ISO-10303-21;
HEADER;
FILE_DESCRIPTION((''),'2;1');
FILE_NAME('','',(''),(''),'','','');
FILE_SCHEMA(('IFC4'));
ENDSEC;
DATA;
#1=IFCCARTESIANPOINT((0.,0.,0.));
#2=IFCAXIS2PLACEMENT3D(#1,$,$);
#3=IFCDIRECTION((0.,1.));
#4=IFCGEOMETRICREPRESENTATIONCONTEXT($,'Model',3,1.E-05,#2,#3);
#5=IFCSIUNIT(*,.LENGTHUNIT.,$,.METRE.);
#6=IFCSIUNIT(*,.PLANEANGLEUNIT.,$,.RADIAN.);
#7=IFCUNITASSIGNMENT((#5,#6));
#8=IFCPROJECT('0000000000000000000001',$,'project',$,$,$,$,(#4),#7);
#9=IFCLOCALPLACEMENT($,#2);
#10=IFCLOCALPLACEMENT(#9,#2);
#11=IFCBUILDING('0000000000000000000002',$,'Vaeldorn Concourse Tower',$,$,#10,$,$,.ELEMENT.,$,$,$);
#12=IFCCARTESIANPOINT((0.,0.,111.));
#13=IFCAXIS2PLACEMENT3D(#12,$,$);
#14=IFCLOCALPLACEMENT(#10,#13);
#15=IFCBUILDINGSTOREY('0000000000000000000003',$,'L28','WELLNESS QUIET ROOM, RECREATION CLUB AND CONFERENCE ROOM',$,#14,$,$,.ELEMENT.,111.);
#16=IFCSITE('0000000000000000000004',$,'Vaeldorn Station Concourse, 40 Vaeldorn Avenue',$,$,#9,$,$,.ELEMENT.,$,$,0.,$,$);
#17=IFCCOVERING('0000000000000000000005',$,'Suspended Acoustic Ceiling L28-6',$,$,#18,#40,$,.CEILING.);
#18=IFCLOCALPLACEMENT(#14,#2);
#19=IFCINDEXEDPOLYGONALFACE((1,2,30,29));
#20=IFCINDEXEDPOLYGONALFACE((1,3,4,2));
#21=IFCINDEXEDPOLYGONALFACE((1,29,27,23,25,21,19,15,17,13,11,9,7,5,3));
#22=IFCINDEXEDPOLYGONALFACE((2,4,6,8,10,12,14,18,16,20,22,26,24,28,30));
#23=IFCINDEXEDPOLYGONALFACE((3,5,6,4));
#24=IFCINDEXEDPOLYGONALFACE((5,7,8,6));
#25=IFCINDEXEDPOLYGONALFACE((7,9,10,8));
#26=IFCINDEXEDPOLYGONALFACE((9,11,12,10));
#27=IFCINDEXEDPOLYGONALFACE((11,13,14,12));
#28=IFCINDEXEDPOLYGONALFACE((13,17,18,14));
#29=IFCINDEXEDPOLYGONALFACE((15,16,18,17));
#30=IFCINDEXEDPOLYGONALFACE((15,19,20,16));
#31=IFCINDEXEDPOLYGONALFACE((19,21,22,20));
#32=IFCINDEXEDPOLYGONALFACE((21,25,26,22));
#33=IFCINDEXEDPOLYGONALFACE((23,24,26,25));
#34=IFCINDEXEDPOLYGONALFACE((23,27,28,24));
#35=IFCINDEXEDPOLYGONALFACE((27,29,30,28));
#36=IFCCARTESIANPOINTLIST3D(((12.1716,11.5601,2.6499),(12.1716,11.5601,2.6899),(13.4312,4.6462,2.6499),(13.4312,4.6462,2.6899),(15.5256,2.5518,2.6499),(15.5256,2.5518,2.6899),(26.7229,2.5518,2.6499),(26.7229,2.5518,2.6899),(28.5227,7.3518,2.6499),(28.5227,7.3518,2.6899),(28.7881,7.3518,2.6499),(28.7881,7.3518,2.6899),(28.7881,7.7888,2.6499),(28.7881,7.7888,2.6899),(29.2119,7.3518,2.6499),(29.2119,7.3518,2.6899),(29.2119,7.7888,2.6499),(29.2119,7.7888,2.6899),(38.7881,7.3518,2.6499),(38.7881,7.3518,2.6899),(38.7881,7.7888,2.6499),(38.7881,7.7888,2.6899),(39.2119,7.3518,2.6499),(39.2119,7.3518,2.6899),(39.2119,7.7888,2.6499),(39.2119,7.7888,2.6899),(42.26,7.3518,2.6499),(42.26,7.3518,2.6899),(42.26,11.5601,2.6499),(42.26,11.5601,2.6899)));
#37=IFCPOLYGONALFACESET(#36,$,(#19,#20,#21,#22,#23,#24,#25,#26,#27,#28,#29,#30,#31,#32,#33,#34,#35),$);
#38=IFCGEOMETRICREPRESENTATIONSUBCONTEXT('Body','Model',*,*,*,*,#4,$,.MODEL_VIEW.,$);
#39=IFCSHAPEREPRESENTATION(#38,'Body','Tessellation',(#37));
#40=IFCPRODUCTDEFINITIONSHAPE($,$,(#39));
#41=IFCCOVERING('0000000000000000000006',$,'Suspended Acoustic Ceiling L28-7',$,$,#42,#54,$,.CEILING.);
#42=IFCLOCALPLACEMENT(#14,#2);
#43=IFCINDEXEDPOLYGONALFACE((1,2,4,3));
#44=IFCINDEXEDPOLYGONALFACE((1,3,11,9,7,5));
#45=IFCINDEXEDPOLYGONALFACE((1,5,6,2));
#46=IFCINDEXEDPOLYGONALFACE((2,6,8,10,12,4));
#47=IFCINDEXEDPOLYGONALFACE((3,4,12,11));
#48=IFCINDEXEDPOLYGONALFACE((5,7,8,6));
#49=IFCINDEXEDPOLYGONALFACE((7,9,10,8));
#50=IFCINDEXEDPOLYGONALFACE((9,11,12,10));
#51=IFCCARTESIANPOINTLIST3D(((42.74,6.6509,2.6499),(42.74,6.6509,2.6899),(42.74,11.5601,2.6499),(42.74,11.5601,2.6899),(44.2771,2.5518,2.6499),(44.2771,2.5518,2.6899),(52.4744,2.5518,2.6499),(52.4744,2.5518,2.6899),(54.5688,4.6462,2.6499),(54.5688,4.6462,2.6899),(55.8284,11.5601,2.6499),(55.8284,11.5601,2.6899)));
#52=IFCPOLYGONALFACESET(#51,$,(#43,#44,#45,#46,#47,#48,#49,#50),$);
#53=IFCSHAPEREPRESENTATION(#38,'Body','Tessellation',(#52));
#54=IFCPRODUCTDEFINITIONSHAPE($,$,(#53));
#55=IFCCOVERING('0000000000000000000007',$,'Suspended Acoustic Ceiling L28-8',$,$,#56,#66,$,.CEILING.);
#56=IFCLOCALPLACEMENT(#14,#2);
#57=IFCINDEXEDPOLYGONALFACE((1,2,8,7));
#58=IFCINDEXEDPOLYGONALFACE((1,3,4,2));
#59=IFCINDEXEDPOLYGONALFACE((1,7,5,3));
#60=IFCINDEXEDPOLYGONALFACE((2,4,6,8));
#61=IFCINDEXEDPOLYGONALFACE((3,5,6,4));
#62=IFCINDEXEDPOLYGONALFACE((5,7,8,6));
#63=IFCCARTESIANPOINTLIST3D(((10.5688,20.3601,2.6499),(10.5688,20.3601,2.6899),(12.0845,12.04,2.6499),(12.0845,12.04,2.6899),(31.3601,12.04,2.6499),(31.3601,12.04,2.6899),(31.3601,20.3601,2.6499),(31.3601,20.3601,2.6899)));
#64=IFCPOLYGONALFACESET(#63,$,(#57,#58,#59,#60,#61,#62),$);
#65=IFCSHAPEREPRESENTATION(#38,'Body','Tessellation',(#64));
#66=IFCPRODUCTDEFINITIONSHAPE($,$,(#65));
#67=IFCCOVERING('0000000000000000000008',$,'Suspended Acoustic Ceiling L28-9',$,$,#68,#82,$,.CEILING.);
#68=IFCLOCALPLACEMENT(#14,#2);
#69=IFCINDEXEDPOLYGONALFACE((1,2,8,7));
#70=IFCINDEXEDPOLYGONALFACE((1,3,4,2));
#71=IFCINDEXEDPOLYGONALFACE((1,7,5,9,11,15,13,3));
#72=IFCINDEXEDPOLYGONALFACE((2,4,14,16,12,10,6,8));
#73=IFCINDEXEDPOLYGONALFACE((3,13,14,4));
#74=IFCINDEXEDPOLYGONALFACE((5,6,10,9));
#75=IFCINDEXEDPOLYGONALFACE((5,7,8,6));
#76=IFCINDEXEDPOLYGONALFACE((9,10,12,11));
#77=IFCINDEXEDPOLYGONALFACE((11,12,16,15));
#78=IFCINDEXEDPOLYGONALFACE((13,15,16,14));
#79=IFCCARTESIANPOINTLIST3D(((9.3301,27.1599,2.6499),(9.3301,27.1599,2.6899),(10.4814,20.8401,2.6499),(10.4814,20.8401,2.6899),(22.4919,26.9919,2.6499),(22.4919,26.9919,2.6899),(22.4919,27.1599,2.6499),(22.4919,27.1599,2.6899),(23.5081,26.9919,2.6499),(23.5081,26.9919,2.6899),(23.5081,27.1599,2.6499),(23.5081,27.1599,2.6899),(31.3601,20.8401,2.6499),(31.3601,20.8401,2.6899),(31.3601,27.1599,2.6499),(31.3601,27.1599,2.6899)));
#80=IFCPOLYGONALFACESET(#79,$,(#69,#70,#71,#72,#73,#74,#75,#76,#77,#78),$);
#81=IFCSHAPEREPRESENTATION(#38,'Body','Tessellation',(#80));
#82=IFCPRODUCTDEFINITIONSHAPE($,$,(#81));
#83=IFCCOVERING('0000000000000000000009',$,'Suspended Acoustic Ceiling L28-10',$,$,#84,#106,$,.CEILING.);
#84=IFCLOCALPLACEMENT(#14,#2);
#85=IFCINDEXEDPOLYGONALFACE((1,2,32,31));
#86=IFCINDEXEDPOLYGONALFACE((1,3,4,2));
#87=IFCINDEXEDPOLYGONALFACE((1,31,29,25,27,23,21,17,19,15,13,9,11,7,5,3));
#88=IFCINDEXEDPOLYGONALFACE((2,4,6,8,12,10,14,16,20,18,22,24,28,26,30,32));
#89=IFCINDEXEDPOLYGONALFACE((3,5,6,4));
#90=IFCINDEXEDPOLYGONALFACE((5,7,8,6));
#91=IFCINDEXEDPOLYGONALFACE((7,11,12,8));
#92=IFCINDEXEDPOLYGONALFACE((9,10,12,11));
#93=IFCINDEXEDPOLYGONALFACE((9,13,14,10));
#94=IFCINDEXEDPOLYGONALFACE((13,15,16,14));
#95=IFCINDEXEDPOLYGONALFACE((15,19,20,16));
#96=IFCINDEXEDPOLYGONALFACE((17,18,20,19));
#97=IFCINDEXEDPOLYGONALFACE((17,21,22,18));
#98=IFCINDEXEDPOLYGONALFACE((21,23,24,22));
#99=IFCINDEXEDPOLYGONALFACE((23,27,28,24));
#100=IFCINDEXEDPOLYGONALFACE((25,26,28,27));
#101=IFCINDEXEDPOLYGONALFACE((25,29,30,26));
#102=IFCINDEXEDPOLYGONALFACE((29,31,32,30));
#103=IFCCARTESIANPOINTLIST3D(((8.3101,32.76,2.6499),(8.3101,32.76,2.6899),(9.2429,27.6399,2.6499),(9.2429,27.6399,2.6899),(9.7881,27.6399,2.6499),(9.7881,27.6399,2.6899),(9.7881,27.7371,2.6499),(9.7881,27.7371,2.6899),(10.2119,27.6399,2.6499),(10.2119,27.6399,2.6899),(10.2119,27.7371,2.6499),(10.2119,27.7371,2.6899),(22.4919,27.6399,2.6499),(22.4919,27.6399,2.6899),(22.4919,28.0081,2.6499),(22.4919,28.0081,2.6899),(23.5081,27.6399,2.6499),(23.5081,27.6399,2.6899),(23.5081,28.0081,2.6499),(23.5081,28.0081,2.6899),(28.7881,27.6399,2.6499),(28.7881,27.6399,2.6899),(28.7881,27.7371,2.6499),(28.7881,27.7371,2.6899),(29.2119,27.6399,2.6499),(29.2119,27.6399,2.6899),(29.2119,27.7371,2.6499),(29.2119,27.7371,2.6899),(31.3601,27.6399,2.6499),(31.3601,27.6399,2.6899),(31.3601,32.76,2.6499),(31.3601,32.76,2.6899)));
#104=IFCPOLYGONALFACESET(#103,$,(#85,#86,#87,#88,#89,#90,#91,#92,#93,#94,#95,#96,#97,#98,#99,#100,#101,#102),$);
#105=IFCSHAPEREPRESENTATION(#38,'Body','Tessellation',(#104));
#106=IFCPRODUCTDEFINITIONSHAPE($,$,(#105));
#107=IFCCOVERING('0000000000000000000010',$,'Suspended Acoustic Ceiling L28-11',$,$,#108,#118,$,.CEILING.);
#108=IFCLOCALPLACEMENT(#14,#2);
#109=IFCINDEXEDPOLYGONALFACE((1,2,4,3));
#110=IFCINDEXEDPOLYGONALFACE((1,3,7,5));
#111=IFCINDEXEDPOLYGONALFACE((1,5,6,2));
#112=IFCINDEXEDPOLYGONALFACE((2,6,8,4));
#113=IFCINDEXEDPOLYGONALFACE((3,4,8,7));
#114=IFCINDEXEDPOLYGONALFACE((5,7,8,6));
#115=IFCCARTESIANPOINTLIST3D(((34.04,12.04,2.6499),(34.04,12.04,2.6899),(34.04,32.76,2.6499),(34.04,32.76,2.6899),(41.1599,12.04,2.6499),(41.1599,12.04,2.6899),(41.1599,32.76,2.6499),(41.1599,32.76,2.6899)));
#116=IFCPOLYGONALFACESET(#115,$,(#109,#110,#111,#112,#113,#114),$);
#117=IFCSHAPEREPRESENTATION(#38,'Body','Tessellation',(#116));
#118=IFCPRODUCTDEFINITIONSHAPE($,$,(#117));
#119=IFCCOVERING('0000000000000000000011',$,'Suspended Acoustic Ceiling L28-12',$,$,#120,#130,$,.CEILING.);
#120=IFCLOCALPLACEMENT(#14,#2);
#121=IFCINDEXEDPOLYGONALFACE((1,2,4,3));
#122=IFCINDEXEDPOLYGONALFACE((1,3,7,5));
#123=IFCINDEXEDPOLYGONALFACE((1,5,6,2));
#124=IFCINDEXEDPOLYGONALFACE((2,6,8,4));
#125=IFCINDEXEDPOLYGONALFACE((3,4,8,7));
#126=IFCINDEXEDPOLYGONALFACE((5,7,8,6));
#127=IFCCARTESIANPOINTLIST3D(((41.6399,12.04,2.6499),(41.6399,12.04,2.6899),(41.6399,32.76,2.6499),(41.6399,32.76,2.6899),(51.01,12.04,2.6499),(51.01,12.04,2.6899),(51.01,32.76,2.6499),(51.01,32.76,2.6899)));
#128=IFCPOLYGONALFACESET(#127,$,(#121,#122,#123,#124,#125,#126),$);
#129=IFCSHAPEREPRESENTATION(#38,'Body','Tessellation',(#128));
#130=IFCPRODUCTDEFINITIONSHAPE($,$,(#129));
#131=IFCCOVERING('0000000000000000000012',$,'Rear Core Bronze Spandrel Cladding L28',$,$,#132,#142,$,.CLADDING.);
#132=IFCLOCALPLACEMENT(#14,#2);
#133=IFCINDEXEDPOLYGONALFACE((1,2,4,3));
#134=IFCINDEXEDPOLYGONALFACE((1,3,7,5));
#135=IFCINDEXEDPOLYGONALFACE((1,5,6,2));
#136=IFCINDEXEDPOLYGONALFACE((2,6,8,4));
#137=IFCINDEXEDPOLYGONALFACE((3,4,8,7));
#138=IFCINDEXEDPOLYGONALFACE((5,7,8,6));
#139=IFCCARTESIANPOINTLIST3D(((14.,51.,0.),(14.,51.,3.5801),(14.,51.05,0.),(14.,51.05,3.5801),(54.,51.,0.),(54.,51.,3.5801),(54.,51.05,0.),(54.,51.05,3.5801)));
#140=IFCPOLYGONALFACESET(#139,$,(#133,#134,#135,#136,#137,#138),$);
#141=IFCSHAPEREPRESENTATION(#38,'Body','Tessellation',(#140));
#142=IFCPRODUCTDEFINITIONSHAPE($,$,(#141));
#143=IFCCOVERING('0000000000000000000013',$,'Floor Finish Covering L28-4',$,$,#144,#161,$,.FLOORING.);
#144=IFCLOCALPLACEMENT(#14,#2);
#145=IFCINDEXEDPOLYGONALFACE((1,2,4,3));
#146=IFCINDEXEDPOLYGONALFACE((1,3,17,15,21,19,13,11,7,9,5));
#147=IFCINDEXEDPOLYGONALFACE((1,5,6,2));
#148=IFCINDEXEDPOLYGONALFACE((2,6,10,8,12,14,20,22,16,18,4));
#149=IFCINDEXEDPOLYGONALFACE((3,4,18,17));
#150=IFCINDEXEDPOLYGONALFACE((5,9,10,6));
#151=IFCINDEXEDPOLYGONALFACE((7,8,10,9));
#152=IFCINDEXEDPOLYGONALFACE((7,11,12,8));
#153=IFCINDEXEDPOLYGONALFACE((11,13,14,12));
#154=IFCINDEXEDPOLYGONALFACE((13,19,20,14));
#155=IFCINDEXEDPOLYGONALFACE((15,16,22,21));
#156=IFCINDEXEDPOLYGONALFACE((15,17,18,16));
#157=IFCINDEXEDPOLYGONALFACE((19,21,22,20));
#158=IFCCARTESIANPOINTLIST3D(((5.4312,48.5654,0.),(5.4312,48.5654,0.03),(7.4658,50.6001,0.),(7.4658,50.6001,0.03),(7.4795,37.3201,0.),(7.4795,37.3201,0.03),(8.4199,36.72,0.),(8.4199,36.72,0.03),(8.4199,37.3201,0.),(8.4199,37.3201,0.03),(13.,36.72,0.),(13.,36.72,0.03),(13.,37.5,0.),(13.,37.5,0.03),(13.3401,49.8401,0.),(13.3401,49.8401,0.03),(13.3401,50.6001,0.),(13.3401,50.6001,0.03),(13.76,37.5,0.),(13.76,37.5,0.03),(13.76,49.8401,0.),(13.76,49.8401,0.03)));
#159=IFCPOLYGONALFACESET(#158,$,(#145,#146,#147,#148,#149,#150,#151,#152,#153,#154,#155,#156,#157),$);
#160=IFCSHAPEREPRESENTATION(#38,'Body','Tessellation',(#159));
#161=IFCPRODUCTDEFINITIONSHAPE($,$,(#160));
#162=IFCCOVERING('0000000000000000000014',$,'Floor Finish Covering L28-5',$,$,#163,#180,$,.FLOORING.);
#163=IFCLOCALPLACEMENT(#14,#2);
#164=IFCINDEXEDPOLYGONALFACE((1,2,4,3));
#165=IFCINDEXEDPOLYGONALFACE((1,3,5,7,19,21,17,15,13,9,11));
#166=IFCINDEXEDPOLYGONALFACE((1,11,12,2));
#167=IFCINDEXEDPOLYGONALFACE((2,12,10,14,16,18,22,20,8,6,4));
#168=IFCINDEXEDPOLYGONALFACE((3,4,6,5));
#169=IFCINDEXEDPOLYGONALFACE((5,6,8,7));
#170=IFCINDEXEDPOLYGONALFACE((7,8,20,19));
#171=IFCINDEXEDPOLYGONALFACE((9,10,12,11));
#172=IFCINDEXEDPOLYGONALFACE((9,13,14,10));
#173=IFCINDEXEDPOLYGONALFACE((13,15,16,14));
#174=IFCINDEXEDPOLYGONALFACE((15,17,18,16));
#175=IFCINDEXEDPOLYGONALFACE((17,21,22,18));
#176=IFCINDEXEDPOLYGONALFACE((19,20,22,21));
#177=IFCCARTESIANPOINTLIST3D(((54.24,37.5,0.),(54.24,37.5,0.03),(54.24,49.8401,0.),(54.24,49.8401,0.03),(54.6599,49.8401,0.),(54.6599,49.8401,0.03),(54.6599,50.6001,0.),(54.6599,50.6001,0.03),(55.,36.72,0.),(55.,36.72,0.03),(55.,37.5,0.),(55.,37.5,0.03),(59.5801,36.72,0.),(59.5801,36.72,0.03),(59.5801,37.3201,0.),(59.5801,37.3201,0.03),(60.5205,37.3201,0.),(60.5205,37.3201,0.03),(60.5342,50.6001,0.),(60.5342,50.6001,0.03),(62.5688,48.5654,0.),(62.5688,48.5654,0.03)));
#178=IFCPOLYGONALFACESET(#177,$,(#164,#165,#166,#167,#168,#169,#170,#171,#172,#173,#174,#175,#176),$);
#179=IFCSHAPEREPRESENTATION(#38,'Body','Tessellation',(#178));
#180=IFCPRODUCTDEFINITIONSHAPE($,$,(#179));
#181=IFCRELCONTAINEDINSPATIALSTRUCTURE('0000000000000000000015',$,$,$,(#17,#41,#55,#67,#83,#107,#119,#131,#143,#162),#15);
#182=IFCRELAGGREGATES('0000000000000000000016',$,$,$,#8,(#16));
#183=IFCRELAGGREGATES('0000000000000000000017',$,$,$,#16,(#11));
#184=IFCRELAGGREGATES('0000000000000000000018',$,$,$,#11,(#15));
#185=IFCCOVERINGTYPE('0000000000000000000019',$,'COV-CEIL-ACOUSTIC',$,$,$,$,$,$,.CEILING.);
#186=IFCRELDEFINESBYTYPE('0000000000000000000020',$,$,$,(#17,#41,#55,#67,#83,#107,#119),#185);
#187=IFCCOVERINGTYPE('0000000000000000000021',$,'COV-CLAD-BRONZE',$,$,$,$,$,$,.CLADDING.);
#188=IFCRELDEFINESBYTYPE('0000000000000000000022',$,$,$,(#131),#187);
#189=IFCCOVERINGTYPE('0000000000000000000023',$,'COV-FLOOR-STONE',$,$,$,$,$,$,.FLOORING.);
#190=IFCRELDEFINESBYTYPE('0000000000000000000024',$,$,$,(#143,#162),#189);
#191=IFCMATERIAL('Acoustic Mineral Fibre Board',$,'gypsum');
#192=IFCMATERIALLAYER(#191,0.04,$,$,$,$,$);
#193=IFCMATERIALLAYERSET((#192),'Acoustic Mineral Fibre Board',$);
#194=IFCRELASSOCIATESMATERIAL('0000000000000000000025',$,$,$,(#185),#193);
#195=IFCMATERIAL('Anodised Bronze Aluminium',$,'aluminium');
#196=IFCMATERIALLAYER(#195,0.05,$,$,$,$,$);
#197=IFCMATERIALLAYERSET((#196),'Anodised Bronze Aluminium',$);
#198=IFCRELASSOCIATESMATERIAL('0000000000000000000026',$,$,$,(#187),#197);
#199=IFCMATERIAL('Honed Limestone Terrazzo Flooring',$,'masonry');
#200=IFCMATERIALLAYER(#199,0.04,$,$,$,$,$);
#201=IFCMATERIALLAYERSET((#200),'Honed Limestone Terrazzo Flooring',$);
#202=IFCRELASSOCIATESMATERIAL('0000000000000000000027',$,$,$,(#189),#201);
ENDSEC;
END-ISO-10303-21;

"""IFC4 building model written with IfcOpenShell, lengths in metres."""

from ifc_helpers import new_model, si_unit, direction, frame, origin, place, context, subcontext, project, spatial, polyline, outline, extrude, material, layer, layer_set, type_object, element, save


model = new_model("IFC4")

# Units and contexts
model_context = context("Model", 3, precision=1e-05, world=origin(), true_north=direction((0.0, 1.0)))
body_context = subcontext(model_context, "Body", "Model", "MODEL_VIEW")
ifc_project = project(units=[si_unit("LENGTHUNIT", "METRE"), si_unit("PLANEANGLEUNIT", "RADIAN")], contexts=[model_context])

# Site, building, storey
site_placement = place(None, origin())
site = spatial("IfcSite", under=ifc_project, at=site_placement, Name="Vaeldorn Station Concourse, 40 Vaeldorn Avenue", CompositionType="ELEMENT", RefElevation=0.0)
building_placement = place(site_placement, origin())
building = spatial("IfcBuilding", under=site, at=building_placement, Name="Vaeldorn Concourse Tower", CompositionType="ELEMENT")
storey_placement = place(building_placement, frame((0.0, 0.0, 111.0)))
storey = spatial("IfcBuildingStorey", under=building, at=storey_placement, Name="L28", Description="WELLNESS QUIET ROOM, RECREATION CLUB AND CONFERENCE ROOM", CompositionType="ELEMENT", Elevation=111.0)

# Shared definitions
ifc_material_1 = material(Name="Anodised Bronze Aluminium", Category="aluminium")

# Coverings
ifc_material_2 = material(Name="Acoustic Mineral Fibre Board", Category="gypsum")
ifc_layer_1 = layer(ifc_material_2, 0.04)
ifc_layer_set_1 = layer_set([ifc_layer_1], Name="Acoustic Mineral Fibre Board")
covering_type_1 = type_object("IfcCoveringType", Name="COV-CEIL-ACOUSTIC", PredefinedType="CEILING", material=ifc_layer_set_1)
covering_1_placement = place(storey_placement, frame((0.0, 0.0, 2.6499)))
element("IfcCovering", 1, at=covering_1_placement, inside=storey, type_object=covering_type_1, Name="Suspended Acoustic Ceiling L28-6", PredefinedType="CEILING", context=body_context, shape_type="SweptSolid", body=[
    extrude(outline(polyline([(42.26, 11.5601), (42.26, 7.3518), (39.2119, 7.3518), (39.2119, 7.7888), (38.7881, 7.7888), (38.7881, 7.3518), (29.2119, 7.3518), (29.2119, 7.7888), (28.7881, 7.7888), (28.7881, 7.3518), (28.5227, 7.3518), (26.7229, 2.5518), (15.5256, 2.5518), (13.4312, 4.6462), (12.1716, 11.5601), (42.26, 11.5601)])), origin(), (0.0, 0.0, 1.0), 0.04),
])
covering_2_placement = place(storey_placement, frame((0.0, 0.0, 2.6499)))
element("IfcCovering", 2, at=covering_2_placement, inside=storey, type_object=covering_type_1, Name="Suspended Acoustic Ceiling L28-7", PredefinedType="CEILING", context=body_context, shape_type="SweptSolid", body=[
    extrude(outline(polyline([(52.4744, 2.5518), (44.2771, 2.5518), (42.74, 6.6509), (42.74, 11.5601), (55.8284, 11.5601), (54.5688, 4.6462), (52.4744, 2.5518)])), origin(), (0.0, 0.0, 1.0), 0.04),
])
covering_3_placement = place(storey_placement, frame((0.0, 0.0, 2.6499)))
element("IfcCovering", 3, at=covering_3_placement, inside=storey, type_object=covering_type_1, Name="Suspended Acoustic Ceiling L28-8", PredefinedType="CEILING", context=body_context, shape_type="SweptSolid", body=[
    extrude(outline(polyline([(31.3601, 20.3601), (31.3601, 12.04), (12.0845, 12.04), (10.5688, 20.3601), (31.3601, 20.3601)])), origin(), (0.0, 0.0, 1.0), 0.04),
])
covering_4_placement = place(storey_placement, frame((0.0, 0.0, 2.6499)))
element("IfcCovering", 4, at=covering_4_placement, inside=storey, type_object=covering_type_1, Name="Suspended Acoustic Ceiling L28-9", PredefinedType="CEILING", context=body_context, shape_type="SweptSolid", body=[
    extrude(outline(polyline([(22.4919, 27.1599), (22.4919, 26.9919), (23.5081, 26.9919), (23.5081, 27.1599), (31.3601, 27.1599), (31.3601, 20.8401), (10.4814, 20.8401), (9.3301, 27.1599), (22.4919, 27.1599)])), origin(), (0.0, 0.0, 1.0), 0.04),
])
covering_5_placement = place(storey_placement, frame((0.0, 0.0, 2.6499)))
element("IfcCovering", 5, at=covering_5_placement, inside=storey, type_object=covering_type_1, Name="Suspended Acoustic Ceiling L28-10", PredefinedType="CEILING", context=body_context, shape_type="SweptSolid", body=[
    extrude(outline(polyline([(31.3601, 32.76), (31.3601, 27.6399), (29.2119, 27.6399), (29.2119, 27.7371), (28.7881, 27.7371), (28.7881, 27.6399), (23.5081, 27.6399), (23.5081, 28.0081), (22.4919, 28.0081), (22.4919, 27.6399), (10.2119, 27.6399), (10.2119, 27.7371), (9.7881, 27.7371), (9.7881, 27.6399), (9.2429, 27.6399), (8.3101, 32.76), (31.3601, 32.76)])), origin(), (0.0, 0.0, 1.0), 0.04),
])
covering_6_placement = place(storey_placement, frame((0.0, 0.0, 2.6499)))
element("IfcCovering", 6, at=covering_6_placement, inside=storey, type_object=covering_type_1, Name="Suspended Acoustic Ceiling L28-11", PredefinedType="CEILING", context=body_context, shape_type="SweptSolid", body=[
    extrude(outline(polyline([(34.04, 32.76), (41.1599, 32.76), (41.1599, 12.04), (34.04, 12.04), (34.04, 32.76)])), origin(), (0.0, 0.0, 1.0), 0.04),
])
covering_7_placement = place(storey_placement, frame((0.0, 0.0, 2.6499)))
element("IfcCovering", 7, at=covering_7_placement, inside=storey, type_object=covering_type_1, Name="Suspended Acoustic Ceiling L28-12", PredefinedType="CEILING", context=body_context, shape_type="SweptSolid", body=[
    extrude(outline(polyline([(41.6399, 32.76), (51.01, 32.76), (51.01, 12.04), (41.6399, 12.04), (41.6399, 32.76)])), origin(), (0.0, 0.0, 1.0), 0.04),
])
ifc_layer_2 = layer(ifc_material_1, 0.05)
ifc_layer_set_2 = layer_set([ifc_layer_2], Name="Anodised Bronze Aluminium")
covering_type_2 = type_object("IfcCoveringType", Name="COV-CLAD-BRONZE", PredefinedType="CLADDING", material=ifc_layer_set_2)
covering_8_placement = place(storey_placement, origin())
element("IfcCovering", 8, at=covering_8_placement, inside=storey, type_object=covering_type_2, Name="Rear Core Bronze Spandrel Cladding L28", PredefinedType="CLADDING", context=body_context, shape_type="SweptSolid", body=[
    extrude(outline(polyline([(14.0, 51.0), (54.0, 51.0), (54.0, 51.05), (14.0, 51.05), (14.0, 51.0)])), origin(), (0.0, 0.0, 1.0), 3.5801),
])
ifc_material_3 = material(Name="Honed Limestone Terrazzo Flooring", Category="masonry")
ifc_layer_3 = layer(ifc_material_3, 0.04)
ifc_layer_set_3 = layer_set([ifc_layer_3], Name="Honed Limestone Terrazzo Flooring")
covering_type_3 = type_object("IfcCoveringType", Name="COV-FLOOR-STONE", PredefinedType="FLOORING", material=ifc_layer_set_3)
covering_9_placement = place(storey_placement, origin())
element("IfcCovering", 9, at=covering_9_placement, inside=storey, type_object=covering_type_3, Name="Floor Finish Covering L28-4", PredefinedType="FLOORING", context=body_context, shape_type="SweptSolid", body=[
    extrude(outline(polyline([(7.4658, 50.6001), (13.3401, 50.6001), (13.3401, 49.8401), (13.76, 49.8401), (13.76, 37.5), (13.0, 37.5), (13.0, 36.72), (8.4199, 36.72), (8.4199, 37.3201), (7.4795, 37.3201), (5.4312, 48.5654), (7.4658, 50.6001)])), origin(), (0.0, 0.0, 1.0), 0.03),
])
covering_10_placement = place(storey_placement, origin())
element("IfcCovering", 10, at=covering_10_placement, inside=storey, type_object=covering_type_3, Name="Floor Finish Covering L28-5", PredefinedType="FLOORING", context=body_context, shape_type="SweptSolid", body=[
    extrude(outline(polyline([(54.6599, 49.8401), (54.6599, 50.6001), (60.5342, 50.6001), (62.5688, 48.5654), (60.5205, 37.3201), (59.5801, 37.3201), (59.5801, 36.72), (55.0, 36.72), (55.0, 37.5), (54.24, 37.5), (54.24, 49.8401), (54.6599, 49.8401)])), origin(), (0.0, 0.0, 1.0), 0.03),
])

save(model, "model.ifc")
